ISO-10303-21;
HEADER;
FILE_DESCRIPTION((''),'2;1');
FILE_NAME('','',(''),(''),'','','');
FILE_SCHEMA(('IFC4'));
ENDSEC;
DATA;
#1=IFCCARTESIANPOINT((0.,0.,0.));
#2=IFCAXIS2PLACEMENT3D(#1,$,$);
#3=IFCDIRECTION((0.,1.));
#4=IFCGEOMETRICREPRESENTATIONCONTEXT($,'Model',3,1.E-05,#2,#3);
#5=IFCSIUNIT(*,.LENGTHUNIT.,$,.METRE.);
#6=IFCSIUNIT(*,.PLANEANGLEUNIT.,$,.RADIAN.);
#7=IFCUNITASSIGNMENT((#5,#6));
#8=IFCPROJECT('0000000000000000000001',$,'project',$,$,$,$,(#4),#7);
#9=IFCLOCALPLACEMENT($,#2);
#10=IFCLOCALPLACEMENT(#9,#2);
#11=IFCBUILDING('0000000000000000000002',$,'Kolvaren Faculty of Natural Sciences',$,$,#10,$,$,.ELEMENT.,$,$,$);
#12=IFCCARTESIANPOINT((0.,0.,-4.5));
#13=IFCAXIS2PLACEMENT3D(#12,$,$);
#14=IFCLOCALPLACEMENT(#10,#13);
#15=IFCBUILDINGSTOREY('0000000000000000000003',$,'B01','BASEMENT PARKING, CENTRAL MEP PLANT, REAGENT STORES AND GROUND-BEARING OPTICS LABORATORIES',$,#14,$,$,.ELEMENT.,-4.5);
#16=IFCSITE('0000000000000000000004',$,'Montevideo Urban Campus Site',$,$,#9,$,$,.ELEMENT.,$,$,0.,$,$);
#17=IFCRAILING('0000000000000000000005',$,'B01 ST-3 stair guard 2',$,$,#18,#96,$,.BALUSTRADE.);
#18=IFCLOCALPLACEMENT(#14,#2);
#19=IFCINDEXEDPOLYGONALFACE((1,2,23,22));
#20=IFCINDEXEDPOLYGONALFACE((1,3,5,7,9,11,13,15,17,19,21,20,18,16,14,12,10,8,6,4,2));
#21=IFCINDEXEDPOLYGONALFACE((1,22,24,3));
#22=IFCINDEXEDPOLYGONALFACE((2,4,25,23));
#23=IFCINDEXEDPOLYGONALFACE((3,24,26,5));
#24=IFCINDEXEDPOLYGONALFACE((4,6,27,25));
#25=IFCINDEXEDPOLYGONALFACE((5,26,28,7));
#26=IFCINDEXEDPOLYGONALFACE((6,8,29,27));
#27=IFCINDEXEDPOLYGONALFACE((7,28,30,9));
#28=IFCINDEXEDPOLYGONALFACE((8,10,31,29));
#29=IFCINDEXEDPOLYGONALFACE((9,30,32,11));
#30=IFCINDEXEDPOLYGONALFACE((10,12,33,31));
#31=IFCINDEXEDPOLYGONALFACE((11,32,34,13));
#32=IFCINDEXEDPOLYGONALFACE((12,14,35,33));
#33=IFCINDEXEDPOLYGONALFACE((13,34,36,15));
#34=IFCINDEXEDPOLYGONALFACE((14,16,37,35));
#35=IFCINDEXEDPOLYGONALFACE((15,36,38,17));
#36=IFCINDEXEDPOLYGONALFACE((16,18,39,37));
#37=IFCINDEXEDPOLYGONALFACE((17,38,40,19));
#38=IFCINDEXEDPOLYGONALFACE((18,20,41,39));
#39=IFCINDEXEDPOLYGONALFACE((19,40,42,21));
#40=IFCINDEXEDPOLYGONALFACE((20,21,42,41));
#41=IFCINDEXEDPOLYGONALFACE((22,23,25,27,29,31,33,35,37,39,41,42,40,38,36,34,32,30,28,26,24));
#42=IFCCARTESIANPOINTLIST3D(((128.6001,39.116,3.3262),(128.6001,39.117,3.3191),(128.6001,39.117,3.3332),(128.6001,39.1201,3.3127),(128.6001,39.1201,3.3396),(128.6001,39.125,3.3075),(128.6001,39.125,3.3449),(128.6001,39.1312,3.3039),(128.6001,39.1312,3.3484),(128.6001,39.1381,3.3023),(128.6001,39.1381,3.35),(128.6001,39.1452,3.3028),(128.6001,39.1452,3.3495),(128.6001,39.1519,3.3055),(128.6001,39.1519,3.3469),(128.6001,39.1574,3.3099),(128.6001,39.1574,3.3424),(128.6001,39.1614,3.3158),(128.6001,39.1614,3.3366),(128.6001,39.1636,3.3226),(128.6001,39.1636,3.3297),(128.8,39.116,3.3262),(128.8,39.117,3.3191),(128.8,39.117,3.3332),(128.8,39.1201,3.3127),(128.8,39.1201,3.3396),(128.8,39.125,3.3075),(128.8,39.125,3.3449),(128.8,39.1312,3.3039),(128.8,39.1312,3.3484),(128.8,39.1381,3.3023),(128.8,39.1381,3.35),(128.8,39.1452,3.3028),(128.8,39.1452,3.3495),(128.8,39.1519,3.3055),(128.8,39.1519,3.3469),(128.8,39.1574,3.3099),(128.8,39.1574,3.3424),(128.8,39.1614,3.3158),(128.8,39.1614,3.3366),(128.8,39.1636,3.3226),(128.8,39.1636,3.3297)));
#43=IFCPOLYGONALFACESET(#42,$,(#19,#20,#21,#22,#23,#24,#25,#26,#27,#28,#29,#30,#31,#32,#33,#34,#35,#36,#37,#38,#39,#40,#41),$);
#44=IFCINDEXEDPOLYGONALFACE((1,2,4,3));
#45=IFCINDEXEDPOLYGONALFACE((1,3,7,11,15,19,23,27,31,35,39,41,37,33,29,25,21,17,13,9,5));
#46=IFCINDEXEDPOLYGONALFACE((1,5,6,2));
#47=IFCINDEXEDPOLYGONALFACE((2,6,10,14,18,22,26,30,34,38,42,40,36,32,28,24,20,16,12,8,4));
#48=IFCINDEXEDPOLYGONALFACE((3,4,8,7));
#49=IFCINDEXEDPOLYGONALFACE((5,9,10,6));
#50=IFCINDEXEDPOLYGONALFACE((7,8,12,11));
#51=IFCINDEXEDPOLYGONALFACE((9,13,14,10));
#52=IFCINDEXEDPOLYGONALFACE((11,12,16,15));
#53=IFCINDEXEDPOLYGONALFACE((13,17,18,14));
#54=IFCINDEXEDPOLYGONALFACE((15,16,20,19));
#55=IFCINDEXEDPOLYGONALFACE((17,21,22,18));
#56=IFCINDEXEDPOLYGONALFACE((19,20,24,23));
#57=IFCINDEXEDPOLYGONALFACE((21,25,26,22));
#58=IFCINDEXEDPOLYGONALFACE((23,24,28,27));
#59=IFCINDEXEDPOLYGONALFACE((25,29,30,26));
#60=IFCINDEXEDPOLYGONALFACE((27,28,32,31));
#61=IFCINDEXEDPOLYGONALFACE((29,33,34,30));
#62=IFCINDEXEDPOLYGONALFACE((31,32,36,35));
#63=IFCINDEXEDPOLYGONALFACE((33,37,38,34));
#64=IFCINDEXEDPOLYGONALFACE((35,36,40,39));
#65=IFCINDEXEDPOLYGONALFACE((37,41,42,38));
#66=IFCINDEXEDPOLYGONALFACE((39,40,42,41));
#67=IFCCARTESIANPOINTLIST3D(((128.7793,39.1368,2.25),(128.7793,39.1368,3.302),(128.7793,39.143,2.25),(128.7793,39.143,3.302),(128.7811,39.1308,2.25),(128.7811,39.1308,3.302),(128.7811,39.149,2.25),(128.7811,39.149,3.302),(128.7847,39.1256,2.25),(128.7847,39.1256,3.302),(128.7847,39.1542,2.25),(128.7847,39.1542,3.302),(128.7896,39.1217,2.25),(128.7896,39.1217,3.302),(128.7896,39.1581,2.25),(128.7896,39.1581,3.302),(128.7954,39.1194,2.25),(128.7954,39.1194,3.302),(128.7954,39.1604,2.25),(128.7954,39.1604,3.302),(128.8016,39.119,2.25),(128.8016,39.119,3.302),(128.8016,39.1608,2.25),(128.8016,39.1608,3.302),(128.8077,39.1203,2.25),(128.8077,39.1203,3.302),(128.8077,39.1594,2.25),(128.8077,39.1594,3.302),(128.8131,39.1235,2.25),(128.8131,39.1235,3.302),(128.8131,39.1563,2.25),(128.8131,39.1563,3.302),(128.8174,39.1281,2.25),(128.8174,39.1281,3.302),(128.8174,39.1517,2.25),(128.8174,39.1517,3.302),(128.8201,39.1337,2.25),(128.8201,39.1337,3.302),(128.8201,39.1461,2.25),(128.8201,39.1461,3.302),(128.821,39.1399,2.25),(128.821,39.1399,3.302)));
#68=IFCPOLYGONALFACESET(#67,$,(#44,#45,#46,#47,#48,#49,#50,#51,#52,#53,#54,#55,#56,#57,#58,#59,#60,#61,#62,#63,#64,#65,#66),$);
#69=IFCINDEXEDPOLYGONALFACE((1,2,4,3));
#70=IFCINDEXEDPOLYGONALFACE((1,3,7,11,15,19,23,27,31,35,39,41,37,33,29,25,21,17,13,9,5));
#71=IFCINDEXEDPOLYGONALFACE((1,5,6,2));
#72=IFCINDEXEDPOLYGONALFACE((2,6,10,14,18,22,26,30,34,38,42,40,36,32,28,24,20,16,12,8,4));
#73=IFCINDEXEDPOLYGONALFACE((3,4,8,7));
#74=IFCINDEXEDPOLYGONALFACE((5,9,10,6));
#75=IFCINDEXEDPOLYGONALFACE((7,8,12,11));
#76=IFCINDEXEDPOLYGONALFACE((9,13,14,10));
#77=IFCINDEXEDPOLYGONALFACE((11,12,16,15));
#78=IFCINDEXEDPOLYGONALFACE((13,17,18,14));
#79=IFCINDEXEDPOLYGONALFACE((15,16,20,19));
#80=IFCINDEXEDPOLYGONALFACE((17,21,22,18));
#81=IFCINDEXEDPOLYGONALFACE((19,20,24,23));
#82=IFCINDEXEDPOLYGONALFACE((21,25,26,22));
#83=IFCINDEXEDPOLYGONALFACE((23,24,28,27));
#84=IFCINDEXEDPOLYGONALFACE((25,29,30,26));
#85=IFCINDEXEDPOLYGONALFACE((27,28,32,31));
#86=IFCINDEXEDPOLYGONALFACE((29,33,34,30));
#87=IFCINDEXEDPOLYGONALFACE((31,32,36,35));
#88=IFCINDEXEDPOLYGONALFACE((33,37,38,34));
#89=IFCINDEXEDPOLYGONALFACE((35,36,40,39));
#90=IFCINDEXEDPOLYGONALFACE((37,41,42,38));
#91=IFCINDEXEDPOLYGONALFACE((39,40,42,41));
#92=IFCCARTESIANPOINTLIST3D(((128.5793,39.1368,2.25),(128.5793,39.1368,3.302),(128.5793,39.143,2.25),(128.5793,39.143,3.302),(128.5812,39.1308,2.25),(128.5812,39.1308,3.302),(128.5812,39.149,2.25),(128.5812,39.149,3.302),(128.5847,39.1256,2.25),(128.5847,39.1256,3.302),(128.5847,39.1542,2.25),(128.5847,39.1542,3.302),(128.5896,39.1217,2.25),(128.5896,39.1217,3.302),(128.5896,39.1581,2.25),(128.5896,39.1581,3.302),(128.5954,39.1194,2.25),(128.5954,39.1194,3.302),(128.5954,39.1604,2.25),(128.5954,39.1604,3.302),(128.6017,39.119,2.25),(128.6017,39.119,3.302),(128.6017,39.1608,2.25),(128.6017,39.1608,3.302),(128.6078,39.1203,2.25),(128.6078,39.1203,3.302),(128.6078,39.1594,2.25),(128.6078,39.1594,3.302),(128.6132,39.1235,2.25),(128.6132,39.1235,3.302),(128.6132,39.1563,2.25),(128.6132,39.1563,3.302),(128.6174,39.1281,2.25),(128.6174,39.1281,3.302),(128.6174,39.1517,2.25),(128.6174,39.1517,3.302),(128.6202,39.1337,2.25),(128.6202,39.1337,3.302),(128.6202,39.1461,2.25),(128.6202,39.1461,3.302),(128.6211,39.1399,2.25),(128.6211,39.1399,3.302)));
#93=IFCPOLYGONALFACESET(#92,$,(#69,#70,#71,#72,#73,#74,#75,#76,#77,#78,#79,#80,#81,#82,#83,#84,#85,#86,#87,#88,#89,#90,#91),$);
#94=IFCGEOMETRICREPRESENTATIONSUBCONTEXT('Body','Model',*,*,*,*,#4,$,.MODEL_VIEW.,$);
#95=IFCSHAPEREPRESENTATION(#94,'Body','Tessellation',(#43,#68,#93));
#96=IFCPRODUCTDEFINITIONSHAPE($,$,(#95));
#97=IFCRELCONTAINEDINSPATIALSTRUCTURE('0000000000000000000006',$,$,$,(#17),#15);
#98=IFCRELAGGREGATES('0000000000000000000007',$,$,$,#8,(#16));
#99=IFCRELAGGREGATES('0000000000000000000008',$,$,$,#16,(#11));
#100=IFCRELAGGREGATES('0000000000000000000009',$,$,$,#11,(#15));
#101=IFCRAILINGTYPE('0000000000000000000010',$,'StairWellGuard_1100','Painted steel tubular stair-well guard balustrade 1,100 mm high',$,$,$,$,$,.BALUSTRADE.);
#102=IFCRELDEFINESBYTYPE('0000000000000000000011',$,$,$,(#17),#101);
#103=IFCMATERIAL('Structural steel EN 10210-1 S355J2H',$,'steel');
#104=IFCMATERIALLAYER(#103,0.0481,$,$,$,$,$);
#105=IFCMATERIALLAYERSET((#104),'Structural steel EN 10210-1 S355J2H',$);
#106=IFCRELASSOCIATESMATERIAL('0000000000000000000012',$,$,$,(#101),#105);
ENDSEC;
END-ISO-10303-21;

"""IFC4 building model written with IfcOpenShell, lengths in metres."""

from ifc_helpers import new_model, si_unit, direction, frame, origin, origin_2d, place, context, subcontext, project, spatial, circle, extrude, material, layer, layer_set, type_object, element, save


model = new_model("IFC4")

# Units and contexts
model_context = context("Model", 3, precision=1e-05, world=origin(), true_north=direction((0.0, 1.0)))
body_context = subcontext(model_context, "Body", "Model", "MODEL_VIEW")
ifc_project = project(units=[si_unit("LENGTHUNIT", "METRE"), si_unit("PLANEANGLEUNIT", "RADIAN")], contexts=[model_context])

# Site, building, storey
site_placement = place(None, origin())
site = spatial("IfcSite", under=ifc_project, at=site_placement, Name="Montevideo Urban Campus Site", CompositionType="ELEMENT", RefElevation=0.0)
building_placement = place(site_placement, origin())
building = spatial("IfcBuilding", under=site, at=building_placement, Name="Kolvaren Faculty of Natural Sciences", CompositionType="ELEMENT")
storey_placement = place(building_placement, frame((0.0, 0.0, -4.5)))
storey = spatial("IfcBuildingStorey", under=building, at=storey_placement, Name="B01", Description="BASEMENT PARKING, CENTRAL MEP PLANT, REAGENT STORES AND GROUND-BEARING OPTICS LABORATORIES", CompositionType="ELEMENT", Elevation=-4.5)

# Railing
ifc_material_1 = material(Name="Structural steel EN 10210-1 S355J2H", Category="steel")
ifc_layer_1 = layer(ifc_material_1, 0.0481)
ifc_layer_set_1 = layer_set([ifc_layer_1], Name="Structural steel EN 10210-1 S355J2H")
railing_type_1 = type_object("IfcRailingType", Name="StairWellGuard_1100", Description="Painted steel tubular stair-well guard balustrade 1,100 mm high", PredefinedType="BALUSTRADE", material=ifc_layer_set_1)
railing_1_placement = place(storey_placement, frame((128.8, 39.1399, 2.25)))
element("IfcRailing", 1, at=railing_1_placement, inside=storey, type_object=railing_type_1, Name="B01 ST-3 stair guard 2", PredefinedType="BALUSTRADE", context=body_context, shape_type="SweptSolid", body=[
    extrude(circle(Radius=0.0239, at=origin_2d()), frame((0.0, 0.0, 1.0762), z_axis=(-1.0, 0.0, 0.0), x_axis=(0.0, -1.0, 0.0)), (0.0, 0.0, 1.0), 0.2),
    extrude(circle(Radius=0.021, at=origin_2d()), origin(), (0.0, 0.0, 1.0), 1.052),
    extrude(circle(Radius=0.021, at=origin_2d()), frame((-0.2, 0.0, 0.0)), (0.0, 0.0, 1.0), 1.052),
])

save(model, "model.ifc")
